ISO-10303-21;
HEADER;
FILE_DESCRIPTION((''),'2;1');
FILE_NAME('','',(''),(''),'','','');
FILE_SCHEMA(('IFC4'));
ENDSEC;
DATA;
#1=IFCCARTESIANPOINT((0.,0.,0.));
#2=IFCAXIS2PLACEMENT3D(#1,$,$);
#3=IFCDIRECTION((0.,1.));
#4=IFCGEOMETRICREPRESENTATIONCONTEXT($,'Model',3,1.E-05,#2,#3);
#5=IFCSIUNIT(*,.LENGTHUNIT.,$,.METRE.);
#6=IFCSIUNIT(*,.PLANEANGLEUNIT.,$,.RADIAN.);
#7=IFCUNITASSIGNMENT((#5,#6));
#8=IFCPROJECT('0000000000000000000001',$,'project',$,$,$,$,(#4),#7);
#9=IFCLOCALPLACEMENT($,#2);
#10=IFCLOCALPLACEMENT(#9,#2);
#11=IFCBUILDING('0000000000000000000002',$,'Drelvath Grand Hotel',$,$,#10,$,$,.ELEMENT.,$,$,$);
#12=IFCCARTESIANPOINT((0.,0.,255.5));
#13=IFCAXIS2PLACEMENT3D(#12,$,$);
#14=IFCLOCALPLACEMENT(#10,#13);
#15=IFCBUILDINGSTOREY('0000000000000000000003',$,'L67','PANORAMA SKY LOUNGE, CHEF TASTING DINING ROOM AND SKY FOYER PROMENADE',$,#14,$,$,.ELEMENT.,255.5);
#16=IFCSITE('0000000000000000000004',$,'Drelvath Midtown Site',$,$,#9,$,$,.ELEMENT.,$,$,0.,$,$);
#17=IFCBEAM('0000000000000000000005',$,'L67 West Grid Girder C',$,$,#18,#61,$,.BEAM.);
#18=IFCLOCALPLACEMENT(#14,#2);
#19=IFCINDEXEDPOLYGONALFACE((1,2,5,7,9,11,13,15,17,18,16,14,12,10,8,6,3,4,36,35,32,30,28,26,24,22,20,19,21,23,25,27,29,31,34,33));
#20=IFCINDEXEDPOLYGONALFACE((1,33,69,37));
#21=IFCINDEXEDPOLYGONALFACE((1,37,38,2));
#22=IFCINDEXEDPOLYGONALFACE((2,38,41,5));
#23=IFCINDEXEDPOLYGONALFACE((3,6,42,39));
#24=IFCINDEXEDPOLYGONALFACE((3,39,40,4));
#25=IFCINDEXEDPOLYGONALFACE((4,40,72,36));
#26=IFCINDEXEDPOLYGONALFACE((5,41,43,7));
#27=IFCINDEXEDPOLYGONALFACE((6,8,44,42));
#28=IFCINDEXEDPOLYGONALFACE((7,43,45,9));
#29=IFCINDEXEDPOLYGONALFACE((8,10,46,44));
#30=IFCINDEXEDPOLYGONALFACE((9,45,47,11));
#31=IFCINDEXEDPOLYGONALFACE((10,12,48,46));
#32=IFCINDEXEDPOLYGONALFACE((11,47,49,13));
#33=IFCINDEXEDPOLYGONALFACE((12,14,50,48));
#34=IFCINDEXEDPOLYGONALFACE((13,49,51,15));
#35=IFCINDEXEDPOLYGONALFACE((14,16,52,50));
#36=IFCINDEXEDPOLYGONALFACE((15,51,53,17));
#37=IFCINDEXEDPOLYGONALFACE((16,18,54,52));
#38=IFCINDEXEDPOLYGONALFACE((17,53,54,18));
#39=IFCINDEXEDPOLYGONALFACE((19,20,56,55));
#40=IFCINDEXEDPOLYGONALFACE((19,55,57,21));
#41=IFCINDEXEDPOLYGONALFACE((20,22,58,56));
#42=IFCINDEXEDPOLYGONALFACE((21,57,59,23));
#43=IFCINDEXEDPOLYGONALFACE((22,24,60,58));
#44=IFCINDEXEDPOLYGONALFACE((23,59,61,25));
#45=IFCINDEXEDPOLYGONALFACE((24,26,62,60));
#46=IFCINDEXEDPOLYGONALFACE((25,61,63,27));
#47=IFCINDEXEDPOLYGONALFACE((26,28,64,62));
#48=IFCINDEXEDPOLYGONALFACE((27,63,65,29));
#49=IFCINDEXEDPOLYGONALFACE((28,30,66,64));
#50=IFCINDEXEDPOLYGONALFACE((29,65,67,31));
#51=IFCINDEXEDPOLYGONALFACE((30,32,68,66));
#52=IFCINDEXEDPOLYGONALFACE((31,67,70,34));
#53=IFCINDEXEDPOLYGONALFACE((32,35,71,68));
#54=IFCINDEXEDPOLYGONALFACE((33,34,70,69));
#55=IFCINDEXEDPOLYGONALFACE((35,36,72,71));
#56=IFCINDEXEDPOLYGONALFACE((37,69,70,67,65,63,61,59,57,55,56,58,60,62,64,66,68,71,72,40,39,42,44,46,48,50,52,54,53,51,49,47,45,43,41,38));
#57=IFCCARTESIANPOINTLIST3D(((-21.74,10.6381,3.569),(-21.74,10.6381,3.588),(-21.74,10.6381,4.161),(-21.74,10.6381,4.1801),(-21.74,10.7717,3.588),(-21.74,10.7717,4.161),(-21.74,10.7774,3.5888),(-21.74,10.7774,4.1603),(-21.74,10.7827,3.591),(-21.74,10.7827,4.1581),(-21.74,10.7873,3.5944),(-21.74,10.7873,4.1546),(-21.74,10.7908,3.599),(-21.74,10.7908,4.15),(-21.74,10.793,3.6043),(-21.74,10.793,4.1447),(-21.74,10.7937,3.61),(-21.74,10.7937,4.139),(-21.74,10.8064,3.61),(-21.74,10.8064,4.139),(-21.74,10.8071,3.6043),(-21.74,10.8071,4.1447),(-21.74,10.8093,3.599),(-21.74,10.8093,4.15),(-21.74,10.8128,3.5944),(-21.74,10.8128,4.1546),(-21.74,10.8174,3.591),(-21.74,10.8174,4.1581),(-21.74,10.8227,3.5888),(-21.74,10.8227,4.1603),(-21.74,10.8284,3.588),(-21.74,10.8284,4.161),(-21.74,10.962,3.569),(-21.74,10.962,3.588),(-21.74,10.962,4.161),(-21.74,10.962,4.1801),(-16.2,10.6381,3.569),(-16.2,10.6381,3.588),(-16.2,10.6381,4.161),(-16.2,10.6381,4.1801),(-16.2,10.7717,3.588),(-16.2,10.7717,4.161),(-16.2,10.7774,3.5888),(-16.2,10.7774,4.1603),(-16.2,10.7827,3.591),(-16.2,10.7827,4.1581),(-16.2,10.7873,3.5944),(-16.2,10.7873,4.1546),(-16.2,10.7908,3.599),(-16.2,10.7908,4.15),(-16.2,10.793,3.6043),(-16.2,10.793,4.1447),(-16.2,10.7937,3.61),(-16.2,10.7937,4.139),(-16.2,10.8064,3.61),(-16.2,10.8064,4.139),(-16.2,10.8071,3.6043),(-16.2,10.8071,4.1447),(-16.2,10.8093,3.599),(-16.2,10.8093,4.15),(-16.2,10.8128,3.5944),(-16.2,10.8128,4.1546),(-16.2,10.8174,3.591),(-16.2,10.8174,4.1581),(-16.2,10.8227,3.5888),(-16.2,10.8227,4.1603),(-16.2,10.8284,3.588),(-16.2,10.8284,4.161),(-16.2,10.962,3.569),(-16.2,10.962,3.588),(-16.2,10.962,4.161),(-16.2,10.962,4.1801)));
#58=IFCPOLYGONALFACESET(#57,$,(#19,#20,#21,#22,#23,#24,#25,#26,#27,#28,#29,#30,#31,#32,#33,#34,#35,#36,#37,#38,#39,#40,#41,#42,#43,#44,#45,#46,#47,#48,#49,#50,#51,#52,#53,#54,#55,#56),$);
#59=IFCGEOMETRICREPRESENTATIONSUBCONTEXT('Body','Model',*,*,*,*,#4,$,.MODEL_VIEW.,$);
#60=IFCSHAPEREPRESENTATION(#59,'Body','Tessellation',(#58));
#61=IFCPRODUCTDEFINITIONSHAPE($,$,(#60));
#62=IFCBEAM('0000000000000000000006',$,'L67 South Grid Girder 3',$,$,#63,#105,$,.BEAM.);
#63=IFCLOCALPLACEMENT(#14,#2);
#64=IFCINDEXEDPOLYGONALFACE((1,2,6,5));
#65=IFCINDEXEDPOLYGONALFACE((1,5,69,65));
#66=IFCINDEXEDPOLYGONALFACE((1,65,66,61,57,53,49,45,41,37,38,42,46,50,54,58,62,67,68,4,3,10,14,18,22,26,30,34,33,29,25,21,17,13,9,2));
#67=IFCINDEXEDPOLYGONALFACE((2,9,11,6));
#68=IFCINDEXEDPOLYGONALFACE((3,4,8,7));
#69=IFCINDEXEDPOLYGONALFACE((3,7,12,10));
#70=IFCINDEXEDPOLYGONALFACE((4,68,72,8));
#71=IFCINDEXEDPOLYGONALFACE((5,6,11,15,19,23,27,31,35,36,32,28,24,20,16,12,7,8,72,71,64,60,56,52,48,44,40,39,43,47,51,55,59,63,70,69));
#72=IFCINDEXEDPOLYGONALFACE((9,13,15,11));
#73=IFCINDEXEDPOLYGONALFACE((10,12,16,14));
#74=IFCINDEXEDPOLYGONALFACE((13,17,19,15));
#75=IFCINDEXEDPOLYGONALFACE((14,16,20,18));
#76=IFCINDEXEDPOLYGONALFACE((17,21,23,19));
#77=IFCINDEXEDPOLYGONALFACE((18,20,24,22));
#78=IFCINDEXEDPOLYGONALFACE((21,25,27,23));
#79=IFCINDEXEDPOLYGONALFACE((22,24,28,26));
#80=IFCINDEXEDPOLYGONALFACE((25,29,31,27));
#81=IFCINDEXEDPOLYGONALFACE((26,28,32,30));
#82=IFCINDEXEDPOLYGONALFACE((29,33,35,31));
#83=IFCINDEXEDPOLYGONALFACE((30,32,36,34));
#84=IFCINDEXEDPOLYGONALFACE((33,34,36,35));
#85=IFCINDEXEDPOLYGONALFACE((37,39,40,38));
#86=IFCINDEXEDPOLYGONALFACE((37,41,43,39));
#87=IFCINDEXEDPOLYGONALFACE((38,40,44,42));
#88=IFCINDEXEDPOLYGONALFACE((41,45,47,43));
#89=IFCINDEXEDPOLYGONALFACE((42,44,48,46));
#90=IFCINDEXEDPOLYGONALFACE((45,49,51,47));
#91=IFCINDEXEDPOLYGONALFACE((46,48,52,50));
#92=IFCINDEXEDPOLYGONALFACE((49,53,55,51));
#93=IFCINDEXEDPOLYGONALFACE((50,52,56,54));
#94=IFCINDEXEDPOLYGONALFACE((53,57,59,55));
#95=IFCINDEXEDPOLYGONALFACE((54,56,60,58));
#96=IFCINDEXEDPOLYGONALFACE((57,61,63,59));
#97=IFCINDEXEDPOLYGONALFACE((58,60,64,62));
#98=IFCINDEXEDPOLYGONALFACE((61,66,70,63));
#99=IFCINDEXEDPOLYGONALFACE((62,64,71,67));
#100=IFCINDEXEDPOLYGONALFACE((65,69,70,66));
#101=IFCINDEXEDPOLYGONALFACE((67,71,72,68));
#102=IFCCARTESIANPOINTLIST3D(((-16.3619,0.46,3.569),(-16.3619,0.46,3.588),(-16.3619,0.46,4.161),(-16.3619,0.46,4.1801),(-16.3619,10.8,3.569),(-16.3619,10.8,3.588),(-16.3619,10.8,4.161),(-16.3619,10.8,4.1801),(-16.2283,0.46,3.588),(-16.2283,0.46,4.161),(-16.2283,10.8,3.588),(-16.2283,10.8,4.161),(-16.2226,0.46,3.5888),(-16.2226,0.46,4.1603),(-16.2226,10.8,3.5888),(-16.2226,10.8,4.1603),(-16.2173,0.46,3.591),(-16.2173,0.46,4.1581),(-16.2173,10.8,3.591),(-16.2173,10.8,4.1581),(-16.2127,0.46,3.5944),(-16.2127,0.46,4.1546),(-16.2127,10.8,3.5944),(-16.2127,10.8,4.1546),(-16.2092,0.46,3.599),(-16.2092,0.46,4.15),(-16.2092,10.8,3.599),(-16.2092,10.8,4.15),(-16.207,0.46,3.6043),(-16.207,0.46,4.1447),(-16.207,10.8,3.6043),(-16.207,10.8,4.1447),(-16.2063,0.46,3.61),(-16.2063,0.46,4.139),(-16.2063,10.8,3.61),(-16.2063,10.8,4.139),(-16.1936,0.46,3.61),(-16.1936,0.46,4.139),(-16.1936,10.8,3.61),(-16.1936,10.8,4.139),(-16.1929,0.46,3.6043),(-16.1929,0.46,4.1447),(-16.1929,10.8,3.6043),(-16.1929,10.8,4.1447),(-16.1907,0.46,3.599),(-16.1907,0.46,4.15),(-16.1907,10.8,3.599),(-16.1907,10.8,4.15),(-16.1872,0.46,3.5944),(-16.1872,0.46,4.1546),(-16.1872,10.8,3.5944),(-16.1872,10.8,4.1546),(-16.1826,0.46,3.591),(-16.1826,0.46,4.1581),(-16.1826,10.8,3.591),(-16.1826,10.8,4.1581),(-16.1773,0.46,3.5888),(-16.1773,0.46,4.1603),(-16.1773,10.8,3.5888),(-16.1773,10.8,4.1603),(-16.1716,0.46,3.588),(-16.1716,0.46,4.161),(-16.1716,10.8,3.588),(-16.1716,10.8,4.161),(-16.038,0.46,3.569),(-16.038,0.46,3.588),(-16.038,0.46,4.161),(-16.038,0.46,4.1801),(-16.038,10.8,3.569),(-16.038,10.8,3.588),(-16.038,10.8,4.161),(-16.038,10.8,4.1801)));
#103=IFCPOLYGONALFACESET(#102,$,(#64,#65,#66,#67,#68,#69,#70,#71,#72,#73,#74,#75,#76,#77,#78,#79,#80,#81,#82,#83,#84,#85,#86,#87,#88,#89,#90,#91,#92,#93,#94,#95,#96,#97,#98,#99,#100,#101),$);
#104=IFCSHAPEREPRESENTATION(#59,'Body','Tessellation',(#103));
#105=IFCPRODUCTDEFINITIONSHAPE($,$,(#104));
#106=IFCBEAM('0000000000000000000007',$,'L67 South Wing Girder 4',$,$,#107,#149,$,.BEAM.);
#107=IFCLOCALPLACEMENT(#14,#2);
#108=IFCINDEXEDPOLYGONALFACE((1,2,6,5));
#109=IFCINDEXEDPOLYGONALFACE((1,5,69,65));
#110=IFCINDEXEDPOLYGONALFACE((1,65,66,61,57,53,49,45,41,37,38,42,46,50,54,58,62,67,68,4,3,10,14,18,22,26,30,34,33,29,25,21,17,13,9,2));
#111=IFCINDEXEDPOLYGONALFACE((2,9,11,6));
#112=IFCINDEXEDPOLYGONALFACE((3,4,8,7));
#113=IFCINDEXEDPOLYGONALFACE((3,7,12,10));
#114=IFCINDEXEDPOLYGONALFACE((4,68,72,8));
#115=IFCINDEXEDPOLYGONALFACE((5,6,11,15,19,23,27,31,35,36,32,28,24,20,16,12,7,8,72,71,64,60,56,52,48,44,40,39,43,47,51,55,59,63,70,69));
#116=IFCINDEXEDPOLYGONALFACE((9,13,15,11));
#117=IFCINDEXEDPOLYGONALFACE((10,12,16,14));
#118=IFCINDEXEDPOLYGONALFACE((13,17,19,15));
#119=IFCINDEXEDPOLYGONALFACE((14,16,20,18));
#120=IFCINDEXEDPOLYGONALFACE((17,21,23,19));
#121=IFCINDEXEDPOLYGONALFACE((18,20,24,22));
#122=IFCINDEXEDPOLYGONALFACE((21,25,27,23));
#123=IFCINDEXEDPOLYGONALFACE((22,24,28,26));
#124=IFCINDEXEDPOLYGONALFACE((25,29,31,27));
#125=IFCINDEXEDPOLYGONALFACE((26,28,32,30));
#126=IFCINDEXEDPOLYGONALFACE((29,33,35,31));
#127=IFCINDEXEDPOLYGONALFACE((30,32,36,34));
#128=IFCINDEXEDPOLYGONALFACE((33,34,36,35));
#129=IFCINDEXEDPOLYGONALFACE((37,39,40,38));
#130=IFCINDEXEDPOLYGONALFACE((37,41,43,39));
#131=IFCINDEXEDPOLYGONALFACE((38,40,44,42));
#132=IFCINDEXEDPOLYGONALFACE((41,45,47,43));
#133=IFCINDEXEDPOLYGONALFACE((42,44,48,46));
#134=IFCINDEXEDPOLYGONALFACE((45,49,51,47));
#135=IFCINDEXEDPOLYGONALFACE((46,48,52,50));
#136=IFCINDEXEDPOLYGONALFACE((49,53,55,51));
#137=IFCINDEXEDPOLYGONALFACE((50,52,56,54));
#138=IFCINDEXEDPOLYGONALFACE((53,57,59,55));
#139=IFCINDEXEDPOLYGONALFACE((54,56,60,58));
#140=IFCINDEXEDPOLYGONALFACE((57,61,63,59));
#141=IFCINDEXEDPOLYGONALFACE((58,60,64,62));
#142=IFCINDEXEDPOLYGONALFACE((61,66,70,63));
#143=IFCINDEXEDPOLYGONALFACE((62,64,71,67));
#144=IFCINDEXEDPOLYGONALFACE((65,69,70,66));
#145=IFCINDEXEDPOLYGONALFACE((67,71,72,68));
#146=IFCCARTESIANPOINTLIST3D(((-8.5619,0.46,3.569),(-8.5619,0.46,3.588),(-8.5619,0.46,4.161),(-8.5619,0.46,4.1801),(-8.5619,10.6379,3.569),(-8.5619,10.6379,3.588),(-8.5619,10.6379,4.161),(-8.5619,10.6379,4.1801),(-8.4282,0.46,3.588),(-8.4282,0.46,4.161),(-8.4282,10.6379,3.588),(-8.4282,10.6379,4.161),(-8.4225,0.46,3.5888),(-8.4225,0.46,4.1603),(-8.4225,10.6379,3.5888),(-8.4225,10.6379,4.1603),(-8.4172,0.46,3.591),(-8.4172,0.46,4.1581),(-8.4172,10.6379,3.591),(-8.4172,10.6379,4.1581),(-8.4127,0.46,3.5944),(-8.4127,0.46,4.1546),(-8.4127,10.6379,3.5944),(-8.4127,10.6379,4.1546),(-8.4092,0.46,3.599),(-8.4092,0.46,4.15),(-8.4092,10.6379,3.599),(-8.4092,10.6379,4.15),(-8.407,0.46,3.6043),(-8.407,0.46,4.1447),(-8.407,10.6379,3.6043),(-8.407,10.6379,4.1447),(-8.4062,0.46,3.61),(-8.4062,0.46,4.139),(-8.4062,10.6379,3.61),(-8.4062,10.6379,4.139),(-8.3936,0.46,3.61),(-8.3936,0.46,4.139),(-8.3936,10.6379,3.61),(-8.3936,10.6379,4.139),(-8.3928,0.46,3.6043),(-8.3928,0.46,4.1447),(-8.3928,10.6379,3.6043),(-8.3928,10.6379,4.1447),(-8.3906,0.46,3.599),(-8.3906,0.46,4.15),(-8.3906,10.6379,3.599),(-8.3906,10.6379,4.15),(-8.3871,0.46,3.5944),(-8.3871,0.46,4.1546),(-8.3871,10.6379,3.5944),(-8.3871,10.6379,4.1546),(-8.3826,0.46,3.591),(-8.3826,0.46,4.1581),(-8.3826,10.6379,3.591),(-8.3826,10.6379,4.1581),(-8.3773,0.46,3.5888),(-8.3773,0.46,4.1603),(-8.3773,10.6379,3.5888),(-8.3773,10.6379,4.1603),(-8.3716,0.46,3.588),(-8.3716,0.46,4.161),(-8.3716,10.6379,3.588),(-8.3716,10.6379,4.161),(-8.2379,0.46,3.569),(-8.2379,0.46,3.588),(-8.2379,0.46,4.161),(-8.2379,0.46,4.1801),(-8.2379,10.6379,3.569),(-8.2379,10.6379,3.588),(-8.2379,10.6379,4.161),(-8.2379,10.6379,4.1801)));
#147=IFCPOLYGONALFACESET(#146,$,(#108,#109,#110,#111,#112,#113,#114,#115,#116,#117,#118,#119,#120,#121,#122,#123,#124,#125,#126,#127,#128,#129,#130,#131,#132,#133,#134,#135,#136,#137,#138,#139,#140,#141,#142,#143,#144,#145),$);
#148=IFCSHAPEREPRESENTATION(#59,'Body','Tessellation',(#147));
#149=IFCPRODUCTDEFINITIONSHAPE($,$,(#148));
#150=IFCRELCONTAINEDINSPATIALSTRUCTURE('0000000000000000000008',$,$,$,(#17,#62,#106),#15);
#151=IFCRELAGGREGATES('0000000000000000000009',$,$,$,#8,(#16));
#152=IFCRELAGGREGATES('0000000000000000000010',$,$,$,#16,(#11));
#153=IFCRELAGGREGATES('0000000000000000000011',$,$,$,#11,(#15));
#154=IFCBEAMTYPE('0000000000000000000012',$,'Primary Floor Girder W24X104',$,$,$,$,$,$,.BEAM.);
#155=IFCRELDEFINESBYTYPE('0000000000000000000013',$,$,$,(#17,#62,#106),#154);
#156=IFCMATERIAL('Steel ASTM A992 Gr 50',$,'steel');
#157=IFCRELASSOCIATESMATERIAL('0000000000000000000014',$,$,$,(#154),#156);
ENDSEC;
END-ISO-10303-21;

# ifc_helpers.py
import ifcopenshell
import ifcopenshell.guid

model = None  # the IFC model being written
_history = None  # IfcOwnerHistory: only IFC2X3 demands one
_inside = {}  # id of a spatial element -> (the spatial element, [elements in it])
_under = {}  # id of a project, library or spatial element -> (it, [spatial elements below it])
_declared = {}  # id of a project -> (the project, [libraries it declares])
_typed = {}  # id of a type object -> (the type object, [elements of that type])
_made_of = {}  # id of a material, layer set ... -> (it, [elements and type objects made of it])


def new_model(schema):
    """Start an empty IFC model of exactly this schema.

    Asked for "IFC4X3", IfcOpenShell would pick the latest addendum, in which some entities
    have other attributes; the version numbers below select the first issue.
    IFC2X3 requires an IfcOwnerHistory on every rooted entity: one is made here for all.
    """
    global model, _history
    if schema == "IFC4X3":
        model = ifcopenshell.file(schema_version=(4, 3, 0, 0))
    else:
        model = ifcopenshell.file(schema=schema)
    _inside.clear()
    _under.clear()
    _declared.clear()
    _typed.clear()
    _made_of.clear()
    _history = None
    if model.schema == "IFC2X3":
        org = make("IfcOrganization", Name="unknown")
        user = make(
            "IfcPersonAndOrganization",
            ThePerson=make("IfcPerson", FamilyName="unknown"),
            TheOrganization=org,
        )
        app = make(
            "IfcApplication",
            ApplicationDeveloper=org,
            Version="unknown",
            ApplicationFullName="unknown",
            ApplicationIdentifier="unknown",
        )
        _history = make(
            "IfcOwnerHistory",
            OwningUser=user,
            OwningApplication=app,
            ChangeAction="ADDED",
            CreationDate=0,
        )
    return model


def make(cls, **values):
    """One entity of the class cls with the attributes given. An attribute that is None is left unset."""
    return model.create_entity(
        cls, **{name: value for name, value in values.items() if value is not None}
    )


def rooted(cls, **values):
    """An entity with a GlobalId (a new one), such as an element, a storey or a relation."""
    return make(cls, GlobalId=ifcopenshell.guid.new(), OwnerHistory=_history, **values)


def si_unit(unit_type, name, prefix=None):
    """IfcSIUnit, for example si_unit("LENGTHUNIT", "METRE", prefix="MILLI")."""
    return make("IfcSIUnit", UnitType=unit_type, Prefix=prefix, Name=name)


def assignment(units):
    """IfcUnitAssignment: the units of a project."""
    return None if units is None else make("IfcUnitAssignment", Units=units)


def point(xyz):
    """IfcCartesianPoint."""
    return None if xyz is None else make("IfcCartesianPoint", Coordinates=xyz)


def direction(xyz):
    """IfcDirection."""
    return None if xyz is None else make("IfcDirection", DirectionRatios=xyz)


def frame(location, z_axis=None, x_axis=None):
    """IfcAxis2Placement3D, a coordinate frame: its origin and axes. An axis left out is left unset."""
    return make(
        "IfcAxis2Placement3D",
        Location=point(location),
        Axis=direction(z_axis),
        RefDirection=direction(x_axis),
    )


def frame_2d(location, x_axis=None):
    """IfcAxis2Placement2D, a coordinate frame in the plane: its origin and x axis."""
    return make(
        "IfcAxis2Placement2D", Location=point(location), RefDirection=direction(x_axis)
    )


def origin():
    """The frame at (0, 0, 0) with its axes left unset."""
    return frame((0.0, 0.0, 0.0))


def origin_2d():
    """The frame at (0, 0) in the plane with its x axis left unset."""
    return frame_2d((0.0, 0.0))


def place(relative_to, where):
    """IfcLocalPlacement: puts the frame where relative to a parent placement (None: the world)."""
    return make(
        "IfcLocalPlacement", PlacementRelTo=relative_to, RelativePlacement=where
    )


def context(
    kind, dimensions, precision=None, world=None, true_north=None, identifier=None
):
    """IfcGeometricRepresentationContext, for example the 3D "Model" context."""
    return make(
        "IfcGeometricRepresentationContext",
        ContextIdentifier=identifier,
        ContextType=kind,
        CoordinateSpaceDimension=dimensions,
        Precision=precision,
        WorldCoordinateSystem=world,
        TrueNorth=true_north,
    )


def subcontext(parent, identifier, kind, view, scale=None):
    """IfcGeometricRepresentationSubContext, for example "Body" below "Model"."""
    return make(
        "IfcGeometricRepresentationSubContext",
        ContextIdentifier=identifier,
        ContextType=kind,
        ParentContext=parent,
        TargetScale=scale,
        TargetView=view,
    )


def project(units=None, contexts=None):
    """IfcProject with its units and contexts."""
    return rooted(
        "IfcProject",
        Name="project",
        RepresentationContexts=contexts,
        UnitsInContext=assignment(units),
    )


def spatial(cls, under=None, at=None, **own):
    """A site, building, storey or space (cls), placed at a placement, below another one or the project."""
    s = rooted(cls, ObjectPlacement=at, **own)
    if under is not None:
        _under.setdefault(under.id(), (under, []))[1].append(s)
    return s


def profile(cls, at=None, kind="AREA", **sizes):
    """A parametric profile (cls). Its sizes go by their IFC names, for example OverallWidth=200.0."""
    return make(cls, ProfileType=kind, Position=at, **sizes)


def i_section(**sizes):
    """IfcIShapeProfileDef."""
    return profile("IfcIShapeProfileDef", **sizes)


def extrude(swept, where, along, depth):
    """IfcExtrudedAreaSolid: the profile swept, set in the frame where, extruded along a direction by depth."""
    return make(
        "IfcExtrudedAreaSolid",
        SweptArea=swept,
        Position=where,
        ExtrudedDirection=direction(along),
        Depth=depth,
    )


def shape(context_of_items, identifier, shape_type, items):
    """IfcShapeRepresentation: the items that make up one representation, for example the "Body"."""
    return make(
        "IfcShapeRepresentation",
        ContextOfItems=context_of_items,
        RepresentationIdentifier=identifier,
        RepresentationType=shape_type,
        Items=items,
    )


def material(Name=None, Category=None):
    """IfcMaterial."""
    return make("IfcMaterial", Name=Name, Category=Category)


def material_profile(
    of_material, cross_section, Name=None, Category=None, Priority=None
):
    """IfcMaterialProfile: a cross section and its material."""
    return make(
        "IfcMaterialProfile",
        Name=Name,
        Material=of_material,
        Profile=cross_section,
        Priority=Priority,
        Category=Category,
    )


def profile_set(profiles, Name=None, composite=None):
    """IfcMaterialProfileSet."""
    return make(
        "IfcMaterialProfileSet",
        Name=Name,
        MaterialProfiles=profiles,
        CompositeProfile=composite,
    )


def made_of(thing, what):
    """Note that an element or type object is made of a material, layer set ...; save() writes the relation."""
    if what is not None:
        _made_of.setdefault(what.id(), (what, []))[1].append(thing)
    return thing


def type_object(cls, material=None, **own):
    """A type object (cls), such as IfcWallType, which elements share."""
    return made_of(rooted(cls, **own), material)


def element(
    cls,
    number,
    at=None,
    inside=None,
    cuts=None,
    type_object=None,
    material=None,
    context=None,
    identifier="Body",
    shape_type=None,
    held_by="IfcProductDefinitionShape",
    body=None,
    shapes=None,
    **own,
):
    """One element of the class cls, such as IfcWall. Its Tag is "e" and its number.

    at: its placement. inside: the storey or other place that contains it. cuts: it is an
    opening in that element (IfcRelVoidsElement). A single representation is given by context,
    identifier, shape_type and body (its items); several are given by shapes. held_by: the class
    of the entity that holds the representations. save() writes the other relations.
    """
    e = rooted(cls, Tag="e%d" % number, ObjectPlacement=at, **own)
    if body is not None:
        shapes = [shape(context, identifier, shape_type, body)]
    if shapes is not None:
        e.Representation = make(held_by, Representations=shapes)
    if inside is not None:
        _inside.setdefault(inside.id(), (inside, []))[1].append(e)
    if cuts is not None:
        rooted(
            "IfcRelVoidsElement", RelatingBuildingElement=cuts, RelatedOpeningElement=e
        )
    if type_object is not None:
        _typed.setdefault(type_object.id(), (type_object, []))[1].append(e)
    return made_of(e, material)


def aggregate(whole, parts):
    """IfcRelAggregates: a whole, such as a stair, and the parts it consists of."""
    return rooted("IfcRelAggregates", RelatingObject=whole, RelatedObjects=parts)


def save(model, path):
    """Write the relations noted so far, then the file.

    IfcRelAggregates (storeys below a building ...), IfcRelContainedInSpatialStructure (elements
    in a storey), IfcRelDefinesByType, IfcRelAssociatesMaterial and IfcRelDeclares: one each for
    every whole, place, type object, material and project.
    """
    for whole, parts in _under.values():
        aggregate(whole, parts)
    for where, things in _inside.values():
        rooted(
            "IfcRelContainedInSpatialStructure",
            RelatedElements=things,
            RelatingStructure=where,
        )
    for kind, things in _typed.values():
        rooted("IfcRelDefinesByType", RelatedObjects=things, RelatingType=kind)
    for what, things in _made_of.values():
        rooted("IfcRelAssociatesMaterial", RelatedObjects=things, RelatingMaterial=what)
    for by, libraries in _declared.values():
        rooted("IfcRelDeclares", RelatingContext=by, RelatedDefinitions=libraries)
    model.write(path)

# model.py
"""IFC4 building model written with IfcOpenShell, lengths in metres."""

from ifc_helpers import new_model, si_unit, direction, frame, origin, origin_2d, place, context, subcontext, project, spatial, i_section, extrude, material, material_profile, profile_set, type_object, element, save


model = new_model("IFC4")

# Units and contexts
model_context = context("Model", 3, precision=1e-05, world=origin(), true_north=direction((0.0, 1.0)))
body_context = subcontext(model_context, "Body", "Model", "MODEL_VIEW")
ifc_project = project(units=[si_unit("LENGTHUNIT", "METRE"), si_unit("PLANEANGLEUNIT", "RADIAN")], contexts=[model_context])

# Site, building, storey
site_placement = place(None, origin())
site = spatial("IfcSite", under=ifc_project, at=site_placement, Name="Drelvath Midtown Site", CompositionType="ELEMENT", RefElevation=0.0)
building_placement = place(site_placement, origin())
building = spatial("IfcBuilding", under=site, at=building_placement, Name="Drelvath Grand Hotel", CompositionType="ELEMENT")
storey_placement = place(building_placement, frame((0.0, 0.0, 255.5)))
storey = spatial("IfcBuildingStorey", under=building, at=storey_placement, Name="L67", Description="PANORAMA SKY LOUNGE, CHEF TASTING DINING ROOM AND SKY FOYER PROMENADE", CompositionType="ELEMENT", Elevation=255.5)

# Beams
ifc_material_1 = material(Name="Steel ASTM A992 Gr 50", Category="steel")
ifc_material_profile_1 = material_profile(ifc_material_1, i_section(OverallWidth=0.324, OverallDepth=0.6111, WebThickness=0.0127, FlangeThickness=0.019, FilletRadius=0.022, at=origin_2d()), Name="W24X104")
ifc_profile_set_1 = profile_set([ifc_material_profile_1], Name="Steel ASTM A992 Gr 50")
beam_type_1 = type_object("IfcBeamType", Name="Primary Floor Girder W24X104", PredefinedType="BEAM", material=ifc_profile_set_1)
beam_1_placement = place(storey_placement, frame((-21.74, 10.8, 3.8745), z_axis=(1.0, 0.0, 0.0), x_axis=(0.0, 1.0, 0.0)))
element("IfcBeam", 1, at=beam_1_placement, inside=storey, type_object=beam_type_1, Name="L67 West Grid Girder C", PredefinedType="BEAM", context=body_context, shape_type="SweptSolid", body=[
    extrude(i_section(OverallWidth=0.324, OverallDepth=0.6111, WebThickness=0.0127, FlangeThickness=0.019, FilletRadius=0.022, at=origin_2d()), origin(), (0.0, 0.0, 1.0), 5.54),
])
beam_2_placement = place(storey_placement, frame((-16.2, 0.46, 3.8745), z_axis=(0.0, 1.0, 0.0), x_axis=(-1.0, 0.0, 0.0)))
element("IfcBeam", 2, at=beam_2_placement, inside=storey, type_object=beam_type_1, Name="L67 South Grid Girder 3", PredefinedType="BEAM", context=body_context, shape_type="SweptSolid", body=[
    extrude(i_section(OverallWidth=0.324, OverallDepth=0.6111, WebThickness=0.0127, FlangeThickness=0.019, FilletRadius=0.022, at=origin_2d()), origin(), (0.0, 0.0, 1.0), 10.3401),
])
beam_3_placement = place(storey_placement, frame((-8.3999, 0.46, 3.8745), z_axis=(0.0, 1.0, 0.0), x_axis=(-1.0, 0.0, 0.0)))
element("IfcBeam", 3, at=beam_3_placement, inside=storey, type_object=beam_type_1, Name="L67 South Wing Girder 4", PredefinedType="BEAM", context=body_context, shape_type="SweptSolid", body=[
    extrude(i_section(OverallWidth=0.324, OverallDepth=0.6111, WebThickness=0.0127, FlangeThickness=0.019, FilletRadius=0.022, at=origin_2d()), origin(), (0.0, 0.0, 1.0), 10.178),
])

save(model, "model.ifc")
